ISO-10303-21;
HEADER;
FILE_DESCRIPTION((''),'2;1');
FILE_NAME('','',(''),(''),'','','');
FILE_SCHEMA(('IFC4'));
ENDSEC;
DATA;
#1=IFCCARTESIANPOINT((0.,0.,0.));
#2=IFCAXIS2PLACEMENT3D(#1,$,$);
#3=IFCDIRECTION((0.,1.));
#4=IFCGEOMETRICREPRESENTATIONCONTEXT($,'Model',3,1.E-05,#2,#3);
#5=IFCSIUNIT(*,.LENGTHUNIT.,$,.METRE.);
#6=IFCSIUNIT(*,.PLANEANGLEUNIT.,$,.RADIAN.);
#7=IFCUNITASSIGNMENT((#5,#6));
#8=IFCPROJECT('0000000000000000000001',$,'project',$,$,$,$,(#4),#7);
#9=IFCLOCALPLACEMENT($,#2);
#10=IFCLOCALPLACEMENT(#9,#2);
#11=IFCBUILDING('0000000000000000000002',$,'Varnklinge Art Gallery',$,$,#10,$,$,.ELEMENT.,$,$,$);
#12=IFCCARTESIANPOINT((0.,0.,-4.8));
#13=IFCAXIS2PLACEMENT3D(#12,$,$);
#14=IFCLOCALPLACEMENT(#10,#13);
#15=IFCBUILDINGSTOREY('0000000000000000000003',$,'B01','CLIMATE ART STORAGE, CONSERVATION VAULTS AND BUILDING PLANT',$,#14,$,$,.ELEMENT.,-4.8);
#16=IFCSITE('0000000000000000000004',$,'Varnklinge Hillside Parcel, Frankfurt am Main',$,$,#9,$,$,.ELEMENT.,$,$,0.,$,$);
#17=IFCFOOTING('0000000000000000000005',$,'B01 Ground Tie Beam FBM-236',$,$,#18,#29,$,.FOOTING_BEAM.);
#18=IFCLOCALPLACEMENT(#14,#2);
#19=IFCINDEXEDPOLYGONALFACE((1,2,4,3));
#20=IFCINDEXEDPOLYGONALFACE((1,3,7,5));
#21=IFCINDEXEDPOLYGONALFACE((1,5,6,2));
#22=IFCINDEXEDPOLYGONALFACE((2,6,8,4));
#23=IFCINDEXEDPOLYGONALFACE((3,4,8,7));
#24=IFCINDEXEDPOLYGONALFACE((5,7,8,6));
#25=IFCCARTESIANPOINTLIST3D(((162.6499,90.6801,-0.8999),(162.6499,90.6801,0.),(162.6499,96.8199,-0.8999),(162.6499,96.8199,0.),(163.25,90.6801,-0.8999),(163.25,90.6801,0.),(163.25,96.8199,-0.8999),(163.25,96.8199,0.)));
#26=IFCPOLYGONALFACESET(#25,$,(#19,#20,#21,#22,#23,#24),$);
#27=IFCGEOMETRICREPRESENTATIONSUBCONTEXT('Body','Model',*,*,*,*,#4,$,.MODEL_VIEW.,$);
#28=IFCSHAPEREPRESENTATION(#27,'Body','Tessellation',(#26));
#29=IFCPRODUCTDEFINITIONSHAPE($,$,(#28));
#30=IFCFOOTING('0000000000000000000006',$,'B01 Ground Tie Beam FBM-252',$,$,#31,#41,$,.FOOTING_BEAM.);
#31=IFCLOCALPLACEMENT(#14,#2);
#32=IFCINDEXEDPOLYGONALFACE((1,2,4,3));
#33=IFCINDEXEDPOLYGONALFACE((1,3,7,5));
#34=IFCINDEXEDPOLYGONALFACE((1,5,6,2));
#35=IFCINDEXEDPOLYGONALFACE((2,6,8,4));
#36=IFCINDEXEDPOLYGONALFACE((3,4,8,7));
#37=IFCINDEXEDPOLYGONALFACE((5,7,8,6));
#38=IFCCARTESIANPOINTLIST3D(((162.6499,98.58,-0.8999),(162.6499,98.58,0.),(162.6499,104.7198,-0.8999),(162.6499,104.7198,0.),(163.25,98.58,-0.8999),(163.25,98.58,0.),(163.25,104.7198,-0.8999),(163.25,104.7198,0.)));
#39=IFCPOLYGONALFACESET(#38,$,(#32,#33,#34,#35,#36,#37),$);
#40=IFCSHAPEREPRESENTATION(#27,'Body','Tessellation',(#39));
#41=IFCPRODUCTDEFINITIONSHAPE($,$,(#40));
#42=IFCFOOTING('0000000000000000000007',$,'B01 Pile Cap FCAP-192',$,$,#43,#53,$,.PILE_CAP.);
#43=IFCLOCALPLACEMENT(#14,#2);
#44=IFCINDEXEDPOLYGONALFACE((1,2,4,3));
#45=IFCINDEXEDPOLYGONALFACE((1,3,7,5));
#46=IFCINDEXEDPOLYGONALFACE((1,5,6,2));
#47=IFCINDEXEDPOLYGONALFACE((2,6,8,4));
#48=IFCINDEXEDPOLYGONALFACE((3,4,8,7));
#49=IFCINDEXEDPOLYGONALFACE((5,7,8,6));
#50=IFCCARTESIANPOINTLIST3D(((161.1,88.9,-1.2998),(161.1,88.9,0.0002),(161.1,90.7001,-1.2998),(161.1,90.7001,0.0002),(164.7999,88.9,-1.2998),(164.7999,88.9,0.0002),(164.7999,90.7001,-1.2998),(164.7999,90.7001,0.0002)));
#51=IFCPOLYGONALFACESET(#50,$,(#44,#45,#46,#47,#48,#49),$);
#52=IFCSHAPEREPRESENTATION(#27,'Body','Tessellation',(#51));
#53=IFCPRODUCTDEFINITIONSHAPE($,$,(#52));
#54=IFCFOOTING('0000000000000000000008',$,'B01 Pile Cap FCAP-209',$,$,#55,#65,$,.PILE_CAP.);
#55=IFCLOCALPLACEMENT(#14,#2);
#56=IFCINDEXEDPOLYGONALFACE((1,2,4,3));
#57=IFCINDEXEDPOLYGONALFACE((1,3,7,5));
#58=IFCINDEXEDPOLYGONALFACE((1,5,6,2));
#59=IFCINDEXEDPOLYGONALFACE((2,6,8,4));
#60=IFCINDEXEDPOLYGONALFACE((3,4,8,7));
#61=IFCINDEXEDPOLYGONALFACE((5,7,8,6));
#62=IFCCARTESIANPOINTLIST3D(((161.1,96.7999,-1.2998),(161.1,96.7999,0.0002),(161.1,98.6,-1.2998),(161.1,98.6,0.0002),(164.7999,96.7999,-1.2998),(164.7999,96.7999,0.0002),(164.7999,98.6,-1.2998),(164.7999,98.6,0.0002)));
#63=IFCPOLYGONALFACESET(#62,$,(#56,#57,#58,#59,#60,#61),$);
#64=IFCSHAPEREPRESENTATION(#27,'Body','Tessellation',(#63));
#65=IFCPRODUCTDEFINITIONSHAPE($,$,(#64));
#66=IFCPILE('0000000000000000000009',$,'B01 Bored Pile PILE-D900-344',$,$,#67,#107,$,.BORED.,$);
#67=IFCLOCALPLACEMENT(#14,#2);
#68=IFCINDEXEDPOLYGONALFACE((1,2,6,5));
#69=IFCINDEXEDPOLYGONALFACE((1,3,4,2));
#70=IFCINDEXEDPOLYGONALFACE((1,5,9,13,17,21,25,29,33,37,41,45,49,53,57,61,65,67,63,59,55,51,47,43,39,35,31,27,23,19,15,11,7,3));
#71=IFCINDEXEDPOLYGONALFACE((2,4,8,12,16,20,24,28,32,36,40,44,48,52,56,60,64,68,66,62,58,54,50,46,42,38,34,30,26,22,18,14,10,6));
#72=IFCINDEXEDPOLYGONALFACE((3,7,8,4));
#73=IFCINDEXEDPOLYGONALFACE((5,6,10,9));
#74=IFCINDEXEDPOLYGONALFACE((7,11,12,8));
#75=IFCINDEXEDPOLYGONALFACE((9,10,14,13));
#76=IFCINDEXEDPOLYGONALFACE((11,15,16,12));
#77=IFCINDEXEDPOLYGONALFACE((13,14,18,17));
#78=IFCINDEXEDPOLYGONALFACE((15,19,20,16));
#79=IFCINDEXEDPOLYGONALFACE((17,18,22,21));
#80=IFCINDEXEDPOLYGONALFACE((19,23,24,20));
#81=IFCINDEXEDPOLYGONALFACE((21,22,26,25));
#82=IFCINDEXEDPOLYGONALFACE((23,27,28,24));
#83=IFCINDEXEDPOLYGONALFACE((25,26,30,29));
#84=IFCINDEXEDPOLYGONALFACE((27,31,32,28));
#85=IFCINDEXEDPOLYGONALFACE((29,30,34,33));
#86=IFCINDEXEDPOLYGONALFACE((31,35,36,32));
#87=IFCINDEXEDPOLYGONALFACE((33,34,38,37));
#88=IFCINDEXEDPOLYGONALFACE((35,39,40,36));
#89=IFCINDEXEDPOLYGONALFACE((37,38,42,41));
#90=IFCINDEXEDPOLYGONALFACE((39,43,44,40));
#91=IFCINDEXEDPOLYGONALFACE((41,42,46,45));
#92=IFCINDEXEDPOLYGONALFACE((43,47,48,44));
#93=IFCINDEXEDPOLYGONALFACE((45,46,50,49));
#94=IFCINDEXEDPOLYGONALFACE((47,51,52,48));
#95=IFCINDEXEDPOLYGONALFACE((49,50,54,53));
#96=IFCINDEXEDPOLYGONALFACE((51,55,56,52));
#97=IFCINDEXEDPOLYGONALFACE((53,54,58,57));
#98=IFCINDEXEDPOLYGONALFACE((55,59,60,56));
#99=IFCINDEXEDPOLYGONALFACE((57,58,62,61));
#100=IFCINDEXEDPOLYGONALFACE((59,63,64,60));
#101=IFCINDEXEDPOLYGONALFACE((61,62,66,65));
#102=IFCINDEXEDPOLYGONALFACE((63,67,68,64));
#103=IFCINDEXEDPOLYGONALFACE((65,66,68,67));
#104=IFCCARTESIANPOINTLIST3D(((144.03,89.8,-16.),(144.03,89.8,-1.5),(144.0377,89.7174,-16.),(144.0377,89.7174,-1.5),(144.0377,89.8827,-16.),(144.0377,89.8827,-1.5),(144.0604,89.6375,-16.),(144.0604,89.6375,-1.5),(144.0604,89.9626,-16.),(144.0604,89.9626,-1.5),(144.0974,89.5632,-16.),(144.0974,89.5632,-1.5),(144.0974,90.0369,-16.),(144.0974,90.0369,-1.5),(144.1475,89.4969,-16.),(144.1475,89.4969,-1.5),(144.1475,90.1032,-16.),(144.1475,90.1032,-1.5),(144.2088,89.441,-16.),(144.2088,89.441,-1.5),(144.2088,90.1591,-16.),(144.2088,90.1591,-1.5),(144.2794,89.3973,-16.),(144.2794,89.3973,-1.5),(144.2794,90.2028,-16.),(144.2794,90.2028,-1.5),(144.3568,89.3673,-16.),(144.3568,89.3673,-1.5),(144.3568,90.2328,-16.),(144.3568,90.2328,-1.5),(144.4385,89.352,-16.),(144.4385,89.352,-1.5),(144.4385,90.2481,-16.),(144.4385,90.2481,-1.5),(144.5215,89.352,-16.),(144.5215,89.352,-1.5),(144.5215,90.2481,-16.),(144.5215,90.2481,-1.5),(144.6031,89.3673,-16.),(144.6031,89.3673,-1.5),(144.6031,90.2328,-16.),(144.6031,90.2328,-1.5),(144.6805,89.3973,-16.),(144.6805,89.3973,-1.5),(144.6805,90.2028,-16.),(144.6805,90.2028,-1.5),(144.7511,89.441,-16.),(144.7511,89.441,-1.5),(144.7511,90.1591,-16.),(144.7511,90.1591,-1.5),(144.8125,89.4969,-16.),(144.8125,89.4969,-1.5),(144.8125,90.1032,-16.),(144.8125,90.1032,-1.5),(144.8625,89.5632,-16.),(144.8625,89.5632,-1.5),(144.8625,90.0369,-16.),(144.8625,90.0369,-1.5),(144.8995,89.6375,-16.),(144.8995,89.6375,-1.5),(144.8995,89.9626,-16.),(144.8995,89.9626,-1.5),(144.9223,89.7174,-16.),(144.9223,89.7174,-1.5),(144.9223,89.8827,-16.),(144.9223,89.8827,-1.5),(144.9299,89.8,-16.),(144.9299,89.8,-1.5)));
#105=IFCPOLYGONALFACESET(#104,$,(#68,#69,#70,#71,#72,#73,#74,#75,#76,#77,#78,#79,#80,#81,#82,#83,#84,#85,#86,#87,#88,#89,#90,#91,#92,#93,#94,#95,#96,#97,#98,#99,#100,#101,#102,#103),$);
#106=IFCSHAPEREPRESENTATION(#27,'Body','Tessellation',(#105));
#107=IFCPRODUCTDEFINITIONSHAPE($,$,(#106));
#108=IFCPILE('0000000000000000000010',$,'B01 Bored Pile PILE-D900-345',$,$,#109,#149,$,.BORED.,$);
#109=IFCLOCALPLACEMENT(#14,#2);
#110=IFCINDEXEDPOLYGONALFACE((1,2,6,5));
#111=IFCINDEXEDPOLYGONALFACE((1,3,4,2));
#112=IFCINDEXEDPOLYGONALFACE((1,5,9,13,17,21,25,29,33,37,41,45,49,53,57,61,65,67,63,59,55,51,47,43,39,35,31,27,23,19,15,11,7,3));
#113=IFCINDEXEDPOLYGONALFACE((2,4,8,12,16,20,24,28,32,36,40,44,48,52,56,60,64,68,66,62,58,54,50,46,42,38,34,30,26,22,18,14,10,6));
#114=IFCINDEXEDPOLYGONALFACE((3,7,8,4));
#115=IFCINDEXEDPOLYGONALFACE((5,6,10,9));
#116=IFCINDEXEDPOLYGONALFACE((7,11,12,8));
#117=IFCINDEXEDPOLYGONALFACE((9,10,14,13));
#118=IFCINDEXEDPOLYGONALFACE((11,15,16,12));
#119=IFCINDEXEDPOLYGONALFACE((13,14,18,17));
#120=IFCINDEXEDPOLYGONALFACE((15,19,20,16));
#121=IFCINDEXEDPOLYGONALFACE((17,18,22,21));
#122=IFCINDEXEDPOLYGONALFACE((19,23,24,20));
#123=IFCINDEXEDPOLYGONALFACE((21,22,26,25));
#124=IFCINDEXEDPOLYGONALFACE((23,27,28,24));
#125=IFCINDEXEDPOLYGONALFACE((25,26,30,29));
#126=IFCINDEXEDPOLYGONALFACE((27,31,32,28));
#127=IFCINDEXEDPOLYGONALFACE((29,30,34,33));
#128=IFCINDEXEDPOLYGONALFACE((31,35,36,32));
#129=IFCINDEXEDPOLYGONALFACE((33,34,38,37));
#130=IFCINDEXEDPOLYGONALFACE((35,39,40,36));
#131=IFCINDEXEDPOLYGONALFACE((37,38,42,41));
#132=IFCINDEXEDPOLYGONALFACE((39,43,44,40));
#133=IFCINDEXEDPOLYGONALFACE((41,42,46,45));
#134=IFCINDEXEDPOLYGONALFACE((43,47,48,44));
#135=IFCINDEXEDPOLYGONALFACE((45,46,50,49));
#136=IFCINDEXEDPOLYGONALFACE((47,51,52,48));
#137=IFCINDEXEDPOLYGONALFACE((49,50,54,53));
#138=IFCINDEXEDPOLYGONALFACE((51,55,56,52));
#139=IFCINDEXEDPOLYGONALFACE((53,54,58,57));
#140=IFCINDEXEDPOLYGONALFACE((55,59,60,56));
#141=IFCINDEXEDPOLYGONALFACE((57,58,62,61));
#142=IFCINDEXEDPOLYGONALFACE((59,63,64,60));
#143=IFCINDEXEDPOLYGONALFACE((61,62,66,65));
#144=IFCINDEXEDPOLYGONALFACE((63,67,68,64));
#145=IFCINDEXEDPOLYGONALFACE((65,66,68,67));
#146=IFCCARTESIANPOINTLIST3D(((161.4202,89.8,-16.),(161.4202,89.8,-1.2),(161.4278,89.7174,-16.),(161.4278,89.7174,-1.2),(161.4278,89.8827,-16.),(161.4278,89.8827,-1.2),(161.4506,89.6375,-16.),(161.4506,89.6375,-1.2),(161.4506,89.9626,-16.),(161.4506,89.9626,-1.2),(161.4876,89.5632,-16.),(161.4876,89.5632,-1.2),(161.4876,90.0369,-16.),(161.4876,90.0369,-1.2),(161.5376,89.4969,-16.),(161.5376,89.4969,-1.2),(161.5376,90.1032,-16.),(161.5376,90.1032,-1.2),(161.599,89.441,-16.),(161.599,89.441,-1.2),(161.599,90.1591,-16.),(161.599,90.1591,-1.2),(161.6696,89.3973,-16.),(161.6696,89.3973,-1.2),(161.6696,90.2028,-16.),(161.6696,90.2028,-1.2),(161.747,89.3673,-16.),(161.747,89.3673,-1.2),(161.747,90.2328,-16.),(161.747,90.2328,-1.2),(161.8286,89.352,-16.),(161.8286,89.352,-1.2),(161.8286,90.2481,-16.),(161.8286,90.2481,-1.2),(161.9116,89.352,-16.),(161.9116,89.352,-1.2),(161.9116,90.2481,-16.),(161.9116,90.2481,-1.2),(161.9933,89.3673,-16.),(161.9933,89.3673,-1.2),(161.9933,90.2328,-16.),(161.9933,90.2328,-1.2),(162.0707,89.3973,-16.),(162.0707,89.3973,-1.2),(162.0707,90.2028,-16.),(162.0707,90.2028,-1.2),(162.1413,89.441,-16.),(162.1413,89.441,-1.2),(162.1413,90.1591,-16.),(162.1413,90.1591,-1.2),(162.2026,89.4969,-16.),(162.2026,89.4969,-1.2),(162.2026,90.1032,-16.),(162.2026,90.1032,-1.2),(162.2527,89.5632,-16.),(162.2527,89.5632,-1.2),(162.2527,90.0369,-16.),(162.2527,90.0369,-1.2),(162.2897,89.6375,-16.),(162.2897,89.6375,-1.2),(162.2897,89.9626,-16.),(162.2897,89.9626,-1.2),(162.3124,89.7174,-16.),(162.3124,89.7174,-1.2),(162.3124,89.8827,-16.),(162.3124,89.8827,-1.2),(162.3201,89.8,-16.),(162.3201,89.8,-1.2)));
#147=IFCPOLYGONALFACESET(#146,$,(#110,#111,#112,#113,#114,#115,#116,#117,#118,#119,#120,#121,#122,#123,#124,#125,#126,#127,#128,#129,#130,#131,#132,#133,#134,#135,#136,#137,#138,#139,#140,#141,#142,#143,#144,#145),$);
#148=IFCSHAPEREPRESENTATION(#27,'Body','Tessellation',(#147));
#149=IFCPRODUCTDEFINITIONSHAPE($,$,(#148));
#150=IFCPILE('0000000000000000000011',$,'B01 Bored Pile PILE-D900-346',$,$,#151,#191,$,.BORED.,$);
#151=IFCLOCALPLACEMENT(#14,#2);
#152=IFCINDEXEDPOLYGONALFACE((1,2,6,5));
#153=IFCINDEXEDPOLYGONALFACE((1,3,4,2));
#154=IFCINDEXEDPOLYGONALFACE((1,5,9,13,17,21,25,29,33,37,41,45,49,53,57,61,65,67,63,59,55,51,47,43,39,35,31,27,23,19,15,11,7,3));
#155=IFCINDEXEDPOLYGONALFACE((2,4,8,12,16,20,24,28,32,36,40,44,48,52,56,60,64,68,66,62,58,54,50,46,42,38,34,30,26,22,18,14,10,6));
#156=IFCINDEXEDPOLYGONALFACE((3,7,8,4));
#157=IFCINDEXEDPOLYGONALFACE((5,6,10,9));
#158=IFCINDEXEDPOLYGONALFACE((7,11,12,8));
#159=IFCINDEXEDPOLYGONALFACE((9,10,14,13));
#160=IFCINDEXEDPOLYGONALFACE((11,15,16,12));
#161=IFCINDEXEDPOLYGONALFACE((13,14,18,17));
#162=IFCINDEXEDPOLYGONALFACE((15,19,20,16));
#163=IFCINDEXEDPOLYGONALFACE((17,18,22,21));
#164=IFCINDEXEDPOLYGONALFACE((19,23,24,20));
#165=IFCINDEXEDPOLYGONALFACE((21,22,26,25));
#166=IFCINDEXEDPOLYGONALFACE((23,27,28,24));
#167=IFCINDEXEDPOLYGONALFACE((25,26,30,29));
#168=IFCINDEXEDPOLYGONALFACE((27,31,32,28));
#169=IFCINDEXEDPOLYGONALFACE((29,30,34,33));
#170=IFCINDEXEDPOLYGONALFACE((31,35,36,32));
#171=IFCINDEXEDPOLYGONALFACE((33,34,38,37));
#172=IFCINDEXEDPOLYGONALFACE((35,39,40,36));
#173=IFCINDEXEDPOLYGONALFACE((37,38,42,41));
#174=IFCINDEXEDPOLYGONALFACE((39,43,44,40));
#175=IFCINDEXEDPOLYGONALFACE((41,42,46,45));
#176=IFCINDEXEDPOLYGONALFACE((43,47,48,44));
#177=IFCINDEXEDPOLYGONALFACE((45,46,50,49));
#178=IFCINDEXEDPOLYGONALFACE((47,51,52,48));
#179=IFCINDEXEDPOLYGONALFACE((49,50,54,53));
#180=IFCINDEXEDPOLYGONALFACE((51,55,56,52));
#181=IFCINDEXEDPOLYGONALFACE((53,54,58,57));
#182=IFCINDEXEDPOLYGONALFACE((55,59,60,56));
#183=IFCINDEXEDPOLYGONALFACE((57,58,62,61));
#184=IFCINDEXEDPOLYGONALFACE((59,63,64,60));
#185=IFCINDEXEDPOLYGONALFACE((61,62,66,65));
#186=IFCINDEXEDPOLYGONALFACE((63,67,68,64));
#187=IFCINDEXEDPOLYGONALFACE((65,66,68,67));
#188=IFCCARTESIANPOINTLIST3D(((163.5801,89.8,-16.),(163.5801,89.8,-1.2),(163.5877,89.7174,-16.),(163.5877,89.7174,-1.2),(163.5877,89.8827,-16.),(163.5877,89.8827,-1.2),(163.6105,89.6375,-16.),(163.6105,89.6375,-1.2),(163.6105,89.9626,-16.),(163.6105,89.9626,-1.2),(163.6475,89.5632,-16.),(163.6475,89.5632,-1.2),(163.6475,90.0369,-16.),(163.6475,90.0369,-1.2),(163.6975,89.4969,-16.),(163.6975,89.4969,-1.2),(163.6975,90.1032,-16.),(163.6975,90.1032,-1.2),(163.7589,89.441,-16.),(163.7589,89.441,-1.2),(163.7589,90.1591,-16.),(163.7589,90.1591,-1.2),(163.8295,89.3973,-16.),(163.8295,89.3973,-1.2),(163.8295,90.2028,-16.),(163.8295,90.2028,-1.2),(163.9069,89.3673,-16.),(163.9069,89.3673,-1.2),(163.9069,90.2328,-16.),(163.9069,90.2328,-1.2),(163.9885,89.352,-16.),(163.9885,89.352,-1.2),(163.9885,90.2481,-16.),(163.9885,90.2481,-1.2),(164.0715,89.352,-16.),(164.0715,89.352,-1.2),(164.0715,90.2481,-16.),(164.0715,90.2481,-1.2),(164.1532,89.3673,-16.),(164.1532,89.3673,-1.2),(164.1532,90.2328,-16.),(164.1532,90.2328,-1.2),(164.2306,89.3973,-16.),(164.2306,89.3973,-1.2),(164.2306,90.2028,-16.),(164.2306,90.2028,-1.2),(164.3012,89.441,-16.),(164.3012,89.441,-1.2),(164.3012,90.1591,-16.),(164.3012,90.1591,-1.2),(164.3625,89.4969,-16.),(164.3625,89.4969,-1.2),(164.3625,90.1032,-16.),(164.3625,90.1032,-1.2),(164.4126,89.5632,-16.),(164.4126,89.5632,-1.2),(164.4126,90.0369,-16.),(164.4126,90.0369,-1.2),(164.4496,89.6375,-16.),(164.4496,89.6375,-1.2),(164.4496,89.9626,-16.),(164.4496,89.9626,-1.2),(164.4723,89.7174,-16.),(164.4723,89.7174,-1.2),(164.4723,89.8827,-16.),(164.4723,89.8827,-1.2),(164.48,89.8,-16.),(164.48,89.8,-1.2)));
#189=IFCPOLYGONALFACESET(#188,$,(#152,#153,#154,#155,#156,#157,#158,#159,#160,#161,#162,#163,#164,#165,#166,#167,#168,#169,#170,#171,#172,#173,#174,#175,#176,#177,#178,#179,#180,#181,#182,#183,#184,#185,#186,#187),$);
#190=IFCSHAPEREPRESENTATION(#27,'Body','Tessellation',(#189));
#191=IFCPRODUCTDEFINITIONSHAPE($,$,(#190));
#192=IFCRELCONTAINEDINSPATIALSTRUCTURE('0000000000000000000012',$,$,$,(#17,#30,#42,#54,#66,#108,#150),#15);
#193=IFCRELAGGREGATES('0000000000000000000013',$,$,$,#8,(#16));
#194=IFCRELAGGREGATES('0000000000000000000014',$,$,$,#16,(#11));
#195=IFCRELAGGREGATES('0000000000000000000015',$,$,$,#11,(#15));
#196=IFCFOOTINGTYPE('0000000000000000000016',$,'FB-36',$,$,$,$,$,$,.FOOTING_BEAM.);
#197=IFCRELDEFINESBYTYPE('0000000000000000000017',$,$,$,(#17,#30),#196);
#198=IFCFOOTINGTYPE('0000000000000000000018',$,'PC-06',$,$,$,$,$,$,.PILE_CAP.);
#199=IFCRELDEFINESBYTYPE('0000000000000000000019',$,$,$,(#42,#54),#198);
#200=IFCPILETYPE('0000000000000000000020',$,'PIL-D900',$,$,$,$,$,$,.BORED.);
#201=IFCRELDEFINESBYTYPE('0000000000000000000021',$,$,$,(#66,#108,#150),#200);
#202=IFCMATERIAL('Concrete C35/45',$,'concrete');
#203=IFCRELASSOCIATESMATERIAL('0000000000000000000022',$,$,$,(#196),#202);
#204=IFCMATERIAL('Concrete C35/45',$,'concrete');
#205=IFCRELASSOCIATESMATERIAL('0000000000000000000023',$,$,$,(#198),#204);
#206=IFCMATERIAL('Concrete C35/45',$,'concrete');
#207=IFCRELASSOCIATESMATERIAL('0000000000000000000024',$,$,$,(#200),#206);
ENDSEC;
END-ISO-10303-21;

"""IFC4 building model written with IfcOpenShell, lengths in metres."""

from ifc_helpers import new_model, si_unit, direction, frame, origin, origin_2d, place, context, subcontext, project, spatial, rectangle, circle, extrude, material, material_profile, profile_set, type_object, element, save


model = new_model("IFC4")

# Units and contexts
model_context = context("Model", 3, precision=1e-05, world=origin(), true_north=direction((0.0, 1.0)))
body_context = subcontext(model_context, "Body", "Model", "MODEL_VIEW")
ifc_project = project(units=[si_unit("LENGTHUNIT", "METRE"), si_unit("PLANEANGLEUNIT", "RADIAN")], contexts=[model_context])

# Site, building, storey
site_placement = place(None, origin())
site = spatial("IfcSite", under=ifc_project, at=site_placement, Name="Varnklinge Hillside Parcel, Frankfurt am Main", CompositionType="ELEMENT", RefElevation=0.0)
building_placement = place(site_placement, origin())
building = spatial("IfcBuilding", under=site, at=building_placement, Name="Varnklinge Art Gallery", CompositionType="ELEMENT")
storey_placement = place(building_placement, frame((0.0, 0.0, -4.8)))
storey = spatial("IfcBuildingStorey", under=building, at=storey_placement, Name="B01", Description="CLIMATE ART STORAGE, CONSERVATION VAULTS AND BUILDING PLANT", CompositionType="ELEMENT", Elevation=-4.8)

# Footings
ifc_material_1 = material(Name="Concrete C35/45", Category="concrete")
footing_type_1 = type_object("IfcFootingType", Name="FB-36", PredefinedType="FOOTING_BEAM", material=ifc_material_1)
for number, where, z_axis, x_axis, name in (
    (1, (162.95, 93.75, -0.8999), (0.0, 0.0, 1.0), (0.0, 1.0, 0.0), "B01 Ground Tie Beam FBM-236"),
    (2, (162.95, 101.6499, -0.8999), (0.0, 0.0, 1.0), (0.0, 1.0, 0.0), "B01 Ground Tie Beam FBM-252"),
):
    element("IfcFooting", number, at=place(storey_placement, frame(where, z_axis=z_axis, x_axis=x_axis)), inside=storey, type_object=footing_type_1, Name=name, PredefinedType="FOOTING_BEAM", context=body_context, shape_type="SweptSolid", body=[
        extrude(rectangle(XDim=6.1399, YDim=0.6001, at=origin_2d()), origin(), (0.0, 0.0, 1.0), 0.8999),
    ])
ifc_material_2 = material(Name="Concrete C35/45", Category="concrete")
footing_type_2 = type_object("IfcFootingType", Name="PC-06", PredefinedType="PILE_CAP", material=ifc_material_2)
for number, where, z_axis, x_axis, name in (
    (3, (162.95, 89.8, -1.2998), (0.0, 0.0, 1.0), (1.0, 0.0, 0.0), "B01 Pile Cap FCAP-192"),
    (4, (162.95, 97.7, -1.2998), (0.0, 0.0, 1.0), (1.0, 0.0, 0.0), "B01 Pile Cap FCAP-209"),
):
    element("IfcFooting", number, at=place(storey_placement, frame(where, z_axis=z_axis, x_axis=x_axis)), inside=storey, type_object=footing_type_2, Name=name, PredefinedType="PILE_CAP", context=body_context, shape_type="SweptSolid", body=[
        extrude(rectangle(XDim=3.7, YDim=1.8, at=origin_2d()), origin(), (0.0, 0.0, 1.0), 1.3),
    ])

# Piles
ifc_material_3 = material(Name="Concrete C35/45", Category="concrete")
ifc_material_profile_1 = material_profile(ifc_material_3, circle(Radius=0.45, at=origin_2d()), Name="PILE D900")
ifc_profile_set_1 = profile_set([ifc_material_profile_1], Name="Concrete C35/45")
pile_type = type_object("IfcPileType", Name="PIL-D900", PredefinedType="BORED", material=ifc_profile_set_1)
pile_1_placement = place(storey_placement, frame((144.48, 89.8, -1.5), z_axis=(0.0, 0.0, -1.0), x_axis=(1.0, 0.0, 0.0)))
element("IfcPile", 5, at=pile_1_placement, inside=storey, type_object=pile_type, Name="B01 Bored Pile PILE-D900-344", PredefinedType="BORED", context=body_context, shape_type="SweptSolid", body=[
    extrude(circle(Radius=0.45, at=origin_2d()), origin(), (0.0, 0.0, 1.0), 14.5),
])
for number, where, z_axis, x_axis, name in (
    (6, (161.8701, 89.8, -1.2), (0.0, 0.0, -1.0), (1.0, 0.0, 0.0), "B01 Bored Pile PILE-D900-345"),
    (7, (164.03, 89.8, -1.2), (0.0, 0.0, -1.0), (1.0, 0.0, 0.0), "B01 Bored Pile PILE-D900-346"),
):
    element("IfcPile", number, at=place(storey_placement, frame(where, z_axis=z_axis, x_axis=x_axis)), inside=storey, type_object=pile_type, Name=name, PredefinedType="BORED", context=body_context, shape_type="SweptSolid", body=[
        extrude(circle(Radius=0.45, at=origin_2d()), origin(), (0.0, 0.0, 1.0), 14.8),
    ])

save(model, "model.ifc")
